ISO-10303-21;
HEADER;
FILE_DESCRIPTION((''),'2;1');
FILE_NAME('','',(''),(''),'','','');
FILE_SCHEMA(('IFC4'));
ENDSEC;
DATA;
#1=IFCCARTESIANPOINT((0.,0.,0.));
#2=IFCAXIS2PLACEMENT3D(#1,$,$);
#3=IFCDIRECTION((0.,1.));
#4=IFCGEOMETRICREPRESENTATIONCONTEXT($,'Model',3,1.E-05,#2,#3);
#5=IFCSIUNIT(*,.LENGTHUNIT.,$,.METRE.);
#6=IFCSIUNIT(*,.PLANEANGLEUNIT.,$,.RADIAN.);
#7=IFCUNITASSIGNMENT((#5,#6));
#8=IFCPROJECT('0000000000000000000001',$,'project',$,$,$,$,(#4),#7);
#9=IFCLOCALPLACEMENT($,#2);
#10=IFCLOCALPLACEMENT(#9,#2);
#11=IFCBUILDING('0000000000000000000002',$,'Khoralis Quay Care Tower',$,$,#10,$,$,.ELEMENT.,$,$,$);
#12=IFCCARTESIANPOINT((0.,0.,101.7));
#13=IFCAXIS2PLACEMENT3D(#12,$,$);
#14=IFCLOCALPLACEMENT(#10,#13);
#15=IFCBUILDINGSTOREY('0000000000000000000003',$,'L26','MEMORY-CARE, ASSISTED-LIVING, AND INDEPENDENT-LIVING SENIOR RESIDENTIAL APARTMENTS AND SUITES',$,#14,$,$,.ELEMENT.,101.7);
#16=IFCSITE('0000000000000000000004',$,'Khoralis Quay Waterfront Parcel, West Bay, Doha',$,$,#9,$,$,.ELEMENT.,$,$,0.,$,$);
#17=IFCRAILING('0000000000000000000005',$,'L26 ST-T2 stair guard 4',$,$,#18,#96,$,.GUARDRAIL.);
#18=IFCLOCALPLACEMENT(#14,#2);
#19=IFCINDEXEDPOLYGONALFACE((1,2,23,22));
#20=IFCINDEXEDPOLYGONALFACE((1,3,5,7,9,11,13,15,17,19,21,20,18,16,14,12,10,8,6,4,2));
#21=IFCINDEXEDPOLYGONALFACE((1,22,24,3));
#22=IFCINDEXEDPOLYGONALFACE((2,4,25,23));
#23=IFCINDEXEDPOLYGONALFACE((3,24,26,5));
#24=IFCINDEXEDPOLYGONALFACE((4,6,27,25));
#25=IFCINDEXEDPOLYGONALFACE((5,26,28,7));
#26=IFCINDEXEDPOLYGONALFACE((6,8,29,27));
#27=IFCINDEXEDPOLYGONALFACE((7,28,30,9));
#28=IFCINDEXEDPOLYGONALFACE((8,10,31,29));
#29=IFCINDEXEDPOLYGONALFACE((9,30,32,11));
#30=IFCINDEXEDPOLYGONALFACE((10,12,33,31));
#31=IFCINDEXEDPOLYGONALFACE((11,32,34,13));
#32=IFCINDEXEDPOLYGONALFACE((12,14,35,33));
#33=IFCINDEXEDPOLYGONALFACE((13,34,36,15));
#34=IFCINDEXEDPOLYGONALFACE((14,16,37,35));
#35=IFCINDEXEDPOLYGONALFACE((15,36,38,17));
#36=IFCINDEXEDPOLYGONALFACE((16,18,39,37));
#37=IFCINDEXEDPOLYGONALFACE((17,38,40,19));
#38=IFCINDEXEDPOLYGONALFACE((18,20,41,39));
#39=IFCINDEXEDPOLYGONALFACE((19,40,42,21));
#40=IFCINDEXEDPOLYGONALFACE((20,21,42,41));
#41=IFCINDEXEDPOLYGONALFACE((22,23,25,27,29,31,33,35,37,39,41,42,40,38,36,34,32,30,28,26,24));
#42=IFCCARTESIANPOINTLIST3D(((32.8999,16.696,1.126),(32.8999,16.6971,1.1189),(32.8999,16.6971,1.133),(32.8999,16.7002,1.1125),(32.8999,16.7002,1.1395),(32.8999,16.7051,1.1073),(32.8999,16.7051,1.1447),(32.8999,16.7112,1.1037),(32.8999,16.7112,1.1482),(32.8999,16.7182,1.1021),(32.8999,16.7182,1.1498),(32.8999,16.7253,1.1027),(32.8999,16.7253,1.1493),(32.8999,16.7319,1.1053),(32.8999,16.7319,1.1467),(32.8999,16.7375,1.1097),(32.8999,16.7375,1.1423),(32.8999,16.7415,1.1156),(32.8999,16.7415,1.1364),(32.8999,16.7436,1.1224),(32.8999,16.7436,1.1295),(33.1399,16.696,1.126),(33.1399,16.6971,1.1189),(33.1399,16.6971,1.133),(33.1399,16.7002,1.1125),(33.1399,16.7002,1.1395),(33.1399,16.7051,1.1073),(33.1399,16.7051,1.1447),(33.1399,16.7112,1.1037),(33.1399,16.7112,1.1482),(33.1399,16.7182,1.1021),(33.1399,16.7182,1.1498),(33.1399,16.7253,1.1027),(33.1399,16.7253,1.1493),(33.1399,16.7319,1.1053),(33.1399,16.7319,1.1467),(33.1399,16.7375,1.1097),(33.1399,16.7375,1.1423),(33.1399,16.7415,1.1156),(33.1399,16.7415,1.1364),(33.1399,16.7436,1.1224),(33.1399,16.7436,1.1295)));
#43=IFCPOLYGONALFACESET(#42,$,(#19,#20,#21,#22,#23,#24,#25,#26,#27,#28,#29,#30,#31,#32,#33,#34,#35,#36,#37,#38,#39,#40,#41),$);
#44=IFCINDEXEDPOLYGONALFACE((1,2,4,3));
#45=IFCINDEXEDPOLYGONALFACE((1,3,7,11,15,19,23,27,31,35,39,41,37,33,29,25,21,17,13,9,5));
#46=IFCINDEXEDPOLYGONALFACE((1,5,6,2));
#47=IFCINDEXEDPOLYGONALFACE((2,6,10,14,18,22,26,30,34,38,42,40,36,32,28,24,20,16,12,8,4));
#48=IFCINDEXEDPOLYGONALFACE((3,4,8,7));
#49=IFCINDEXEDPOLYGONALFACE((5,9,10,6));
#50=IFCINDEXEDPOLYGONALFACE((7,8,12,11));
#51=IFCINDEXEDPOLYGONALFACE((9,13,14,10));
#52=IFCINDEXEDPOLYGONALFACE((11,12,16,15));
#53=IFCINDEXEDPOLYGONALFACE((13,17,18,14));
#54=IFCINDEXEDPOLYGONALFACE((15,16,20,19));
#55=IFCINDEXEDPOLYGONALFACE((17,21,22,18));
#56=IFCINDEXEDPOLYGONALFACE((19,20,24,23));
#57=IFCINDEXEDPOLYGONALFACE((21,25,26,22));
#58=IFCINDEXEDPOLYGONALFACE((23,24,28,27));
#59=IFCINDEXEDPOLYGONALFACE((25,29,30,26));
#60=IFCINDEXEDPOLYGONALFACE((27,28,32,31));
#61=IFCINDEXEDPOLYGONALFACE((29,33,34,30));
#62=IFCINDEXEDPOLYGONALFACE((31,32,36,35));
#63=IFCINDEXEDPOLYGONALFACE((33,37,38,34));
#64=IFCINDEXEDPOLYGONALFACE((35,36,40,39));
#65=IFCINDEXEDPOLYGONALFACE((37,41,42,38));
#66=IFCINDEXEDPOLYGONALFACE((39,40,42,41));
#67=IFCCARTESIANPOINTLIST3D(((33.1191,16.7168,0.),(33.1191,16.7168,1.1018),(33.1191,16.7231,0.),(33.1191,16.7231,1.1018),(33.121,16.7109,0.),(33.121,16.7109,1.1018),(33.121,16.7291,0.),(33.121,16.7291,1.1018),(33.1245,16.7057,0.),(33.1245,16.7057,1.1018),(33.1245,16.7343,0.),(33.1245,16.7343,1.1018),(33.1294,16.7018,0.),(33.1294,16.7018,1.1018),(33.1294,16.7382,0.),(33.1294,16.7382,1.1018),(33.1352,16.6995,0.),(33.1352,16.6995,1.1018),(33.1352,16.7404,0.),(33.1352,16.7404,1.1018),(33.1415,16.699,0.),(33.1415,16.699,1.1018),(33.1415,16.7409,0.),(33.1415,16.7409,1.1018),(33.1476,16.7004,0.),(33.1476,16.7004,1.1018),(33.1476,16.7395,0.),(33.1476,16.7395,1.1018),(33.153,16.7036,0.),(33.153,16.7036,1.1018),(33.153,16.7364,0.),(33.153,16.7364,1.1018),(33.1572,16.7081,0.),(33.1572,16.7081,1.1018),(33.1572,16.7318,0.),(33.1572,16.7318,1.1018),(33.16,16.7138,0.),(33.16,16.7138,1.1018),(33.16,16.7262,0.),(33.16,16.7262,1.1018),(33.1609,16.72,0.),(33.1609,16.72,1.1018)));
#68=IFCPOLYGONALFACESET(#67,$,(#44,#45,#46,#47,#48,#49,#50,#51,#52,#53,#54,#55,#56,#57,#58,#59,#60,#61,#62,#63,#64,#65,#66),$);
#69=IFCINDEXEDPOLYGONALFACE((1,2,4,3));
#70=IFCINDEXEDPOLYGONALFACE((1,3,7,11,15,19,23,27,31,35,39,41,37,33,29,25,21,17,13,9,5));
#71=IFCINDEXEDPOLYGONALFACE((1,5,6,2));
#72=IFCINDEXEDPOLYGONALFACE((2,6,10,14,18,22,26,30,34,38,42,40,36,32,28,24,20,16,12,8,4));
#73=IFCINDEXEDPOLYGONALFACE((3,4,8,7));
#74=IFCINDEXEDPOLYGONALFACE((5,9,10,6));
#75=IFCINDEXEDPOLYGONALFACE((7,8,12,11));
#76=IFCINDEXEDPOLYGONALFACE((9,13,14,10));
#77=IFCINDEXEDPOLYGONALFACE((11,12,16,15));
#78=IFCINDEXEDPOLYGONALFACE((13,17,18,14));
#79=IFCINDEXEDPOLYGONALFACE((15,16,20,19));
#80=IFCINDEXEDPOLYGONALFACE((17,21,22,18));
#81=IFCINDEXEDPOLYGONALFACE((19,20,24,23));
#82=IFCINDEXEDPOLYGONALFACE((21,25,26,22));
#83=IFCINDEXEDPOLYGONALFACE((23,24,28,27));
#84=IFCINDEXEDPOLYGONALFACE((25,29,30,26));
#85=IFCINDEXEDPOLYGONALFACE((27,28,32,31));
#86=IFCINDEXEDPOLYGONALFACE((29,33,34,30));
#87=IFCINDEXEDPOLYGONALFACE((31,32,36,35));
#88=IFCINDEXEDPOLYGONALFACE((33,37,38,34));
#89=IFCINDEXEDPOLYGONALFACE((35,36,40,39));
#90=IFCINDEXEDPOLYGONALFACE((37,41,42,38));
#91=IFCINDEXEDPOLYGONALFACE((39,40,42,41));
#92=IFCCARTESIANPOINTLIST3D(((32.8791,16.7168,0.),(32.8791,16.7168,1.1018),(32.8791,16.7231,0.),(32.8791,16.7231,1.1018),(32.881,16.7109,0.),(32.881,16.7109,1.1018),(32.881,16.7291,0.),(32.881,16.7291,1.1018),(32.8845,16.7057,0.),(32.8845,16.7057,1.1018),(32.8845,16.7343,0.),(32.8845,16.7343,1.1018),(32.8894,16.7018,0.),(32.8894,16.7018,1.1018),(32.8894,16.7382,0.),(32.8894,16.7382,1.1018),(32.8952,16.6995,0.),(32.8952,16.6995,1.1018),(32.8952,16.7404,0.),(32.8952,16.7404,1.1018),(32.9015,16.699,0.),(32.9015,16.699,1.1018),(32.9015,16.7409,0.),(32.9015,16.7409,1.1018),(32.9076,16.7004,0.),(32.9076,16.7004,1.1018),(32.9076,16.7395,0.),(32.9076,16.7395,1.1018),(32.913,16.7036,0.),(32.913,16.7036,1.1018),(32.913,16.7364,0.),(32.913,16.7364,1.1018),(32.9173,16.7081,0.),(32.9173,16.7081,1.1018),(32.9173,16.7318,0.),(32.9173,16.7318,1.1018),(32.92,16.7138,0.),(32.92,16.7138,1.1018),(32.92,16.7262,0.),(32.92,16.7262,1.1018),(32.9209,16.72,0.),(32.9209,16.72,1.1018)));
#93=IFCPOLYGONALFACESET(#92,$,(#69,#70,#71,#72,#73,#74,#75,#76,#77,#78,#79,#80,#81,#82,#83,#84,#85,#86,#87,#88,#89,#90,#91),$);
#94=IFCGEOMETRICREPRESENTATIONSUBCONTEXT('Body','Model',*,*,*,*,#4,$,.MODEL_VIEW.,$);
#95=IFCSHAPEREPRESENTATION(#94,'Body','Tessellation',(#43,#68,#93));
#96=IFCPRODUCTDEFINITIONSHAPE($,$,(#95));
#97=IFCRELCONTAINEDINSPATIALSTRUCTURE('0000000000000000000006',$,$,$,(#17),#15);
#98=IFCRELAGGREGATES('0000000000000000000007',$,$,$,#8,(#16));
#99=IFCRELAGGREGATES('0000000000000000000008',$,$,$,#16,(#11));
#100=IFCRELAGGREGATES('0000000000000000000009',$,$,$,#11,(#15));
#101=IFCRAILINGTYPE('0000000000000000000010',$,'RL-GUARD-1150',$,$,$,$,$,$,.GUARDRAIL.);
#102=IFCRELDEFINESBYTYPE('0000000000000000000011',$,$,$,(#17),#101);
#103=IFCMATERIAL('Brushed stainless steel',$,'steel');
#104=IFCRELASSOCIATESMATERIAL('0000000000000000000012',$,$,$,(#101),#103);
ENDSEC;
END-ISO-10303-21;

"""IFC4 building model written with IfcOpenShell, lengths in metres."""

from ifc_helpers import new_model, si_unit, direction, frame, origin, origin_2d, place, context, subcontext, project, spatial, circle, extrude, material, type_object, element, save


model = new_model("IFC4")

# Units and contexts
model_context = context("Model", 3, precision=1e-05, world=origin(), true_north=direction((0.0, 1.0)))
body_context = subcontext(model_context, "Body", "Model", "MODEL_VIEW")
ifc_project = project(units=[si_unit("LENGTHUNIT", "METRE"), si_unit("PLANEANGLEUNIT", "RADIAN")], contexts=[model_context])

# Site, building, storey
site_placement = place(None, origin())
site = spatial("IfcSite", under=ifc_project, at=site_placement, Name="Khoralis Quay Waterfront Parcel, West Bay, Doha", CompositionType="ELEMENT", RefElevation=0.0)
building_placement = place(site_placement, origin())
building = spatial("IfcBuilding", under=site, at=building_placement, Name="Khoralis Quay Care Tower", CompositionType="ELEMENT")
storey_placement = place(building_placement, frame((0.0, 0.0, 101.7)))
storey = spatial("IfcBuildingStorey", under=building, at=storey_placement, Name="L26", Description="MEMORY-CARE, ASSISTED-LIVING, AND INDEPENDENT-LIVING SENIOR RESIDENTIAL APARTMENTS AND SUITES", CompositionType="ELEMENT", Elevation=101.7)

# Railing
ifc_material_1 = material(Name="Brushed stainless steel", Category="steel")
railing_type_1 = type_object("IfcRailingType", Name="RL-GUARD-1150", PredefinedType="GUARDRAIL", material=ifc_material_1)
railing_1_placement = place(storey_placement, frame((33.1399, 16.72, 0.0)))
element("IfcRailing", 1, at=railing_1_placement, inside=storey, type_object=railing_type_1, Name="L26 ST-T2 stair guard 4", PredefinedType="GUARDRAIL", context=body_context, shape_type="SweptSolid", body=[
    extrude(circle(Radius=0.0239, at=origin_2d()), frame((0.0, 0.0, 1.126), z_axis=(-1.0, 0.0, 0.0), x_axis=(0.0, -1.0, 0.0)), (0.0, 0.0, 1.0), 0.24),
    extrude(circle(Radius=0.021, at=origin_2d()), origin(), (0.0, 0.0, 1.0), 1.1018),
    extrude(circle(Radius=0.021, at=origin_2d()), frame((-0.24, 0.0, 0.0)), (0.0, 0.0, 1.0), 1.1018),
])

save(model, "model.ifc")
